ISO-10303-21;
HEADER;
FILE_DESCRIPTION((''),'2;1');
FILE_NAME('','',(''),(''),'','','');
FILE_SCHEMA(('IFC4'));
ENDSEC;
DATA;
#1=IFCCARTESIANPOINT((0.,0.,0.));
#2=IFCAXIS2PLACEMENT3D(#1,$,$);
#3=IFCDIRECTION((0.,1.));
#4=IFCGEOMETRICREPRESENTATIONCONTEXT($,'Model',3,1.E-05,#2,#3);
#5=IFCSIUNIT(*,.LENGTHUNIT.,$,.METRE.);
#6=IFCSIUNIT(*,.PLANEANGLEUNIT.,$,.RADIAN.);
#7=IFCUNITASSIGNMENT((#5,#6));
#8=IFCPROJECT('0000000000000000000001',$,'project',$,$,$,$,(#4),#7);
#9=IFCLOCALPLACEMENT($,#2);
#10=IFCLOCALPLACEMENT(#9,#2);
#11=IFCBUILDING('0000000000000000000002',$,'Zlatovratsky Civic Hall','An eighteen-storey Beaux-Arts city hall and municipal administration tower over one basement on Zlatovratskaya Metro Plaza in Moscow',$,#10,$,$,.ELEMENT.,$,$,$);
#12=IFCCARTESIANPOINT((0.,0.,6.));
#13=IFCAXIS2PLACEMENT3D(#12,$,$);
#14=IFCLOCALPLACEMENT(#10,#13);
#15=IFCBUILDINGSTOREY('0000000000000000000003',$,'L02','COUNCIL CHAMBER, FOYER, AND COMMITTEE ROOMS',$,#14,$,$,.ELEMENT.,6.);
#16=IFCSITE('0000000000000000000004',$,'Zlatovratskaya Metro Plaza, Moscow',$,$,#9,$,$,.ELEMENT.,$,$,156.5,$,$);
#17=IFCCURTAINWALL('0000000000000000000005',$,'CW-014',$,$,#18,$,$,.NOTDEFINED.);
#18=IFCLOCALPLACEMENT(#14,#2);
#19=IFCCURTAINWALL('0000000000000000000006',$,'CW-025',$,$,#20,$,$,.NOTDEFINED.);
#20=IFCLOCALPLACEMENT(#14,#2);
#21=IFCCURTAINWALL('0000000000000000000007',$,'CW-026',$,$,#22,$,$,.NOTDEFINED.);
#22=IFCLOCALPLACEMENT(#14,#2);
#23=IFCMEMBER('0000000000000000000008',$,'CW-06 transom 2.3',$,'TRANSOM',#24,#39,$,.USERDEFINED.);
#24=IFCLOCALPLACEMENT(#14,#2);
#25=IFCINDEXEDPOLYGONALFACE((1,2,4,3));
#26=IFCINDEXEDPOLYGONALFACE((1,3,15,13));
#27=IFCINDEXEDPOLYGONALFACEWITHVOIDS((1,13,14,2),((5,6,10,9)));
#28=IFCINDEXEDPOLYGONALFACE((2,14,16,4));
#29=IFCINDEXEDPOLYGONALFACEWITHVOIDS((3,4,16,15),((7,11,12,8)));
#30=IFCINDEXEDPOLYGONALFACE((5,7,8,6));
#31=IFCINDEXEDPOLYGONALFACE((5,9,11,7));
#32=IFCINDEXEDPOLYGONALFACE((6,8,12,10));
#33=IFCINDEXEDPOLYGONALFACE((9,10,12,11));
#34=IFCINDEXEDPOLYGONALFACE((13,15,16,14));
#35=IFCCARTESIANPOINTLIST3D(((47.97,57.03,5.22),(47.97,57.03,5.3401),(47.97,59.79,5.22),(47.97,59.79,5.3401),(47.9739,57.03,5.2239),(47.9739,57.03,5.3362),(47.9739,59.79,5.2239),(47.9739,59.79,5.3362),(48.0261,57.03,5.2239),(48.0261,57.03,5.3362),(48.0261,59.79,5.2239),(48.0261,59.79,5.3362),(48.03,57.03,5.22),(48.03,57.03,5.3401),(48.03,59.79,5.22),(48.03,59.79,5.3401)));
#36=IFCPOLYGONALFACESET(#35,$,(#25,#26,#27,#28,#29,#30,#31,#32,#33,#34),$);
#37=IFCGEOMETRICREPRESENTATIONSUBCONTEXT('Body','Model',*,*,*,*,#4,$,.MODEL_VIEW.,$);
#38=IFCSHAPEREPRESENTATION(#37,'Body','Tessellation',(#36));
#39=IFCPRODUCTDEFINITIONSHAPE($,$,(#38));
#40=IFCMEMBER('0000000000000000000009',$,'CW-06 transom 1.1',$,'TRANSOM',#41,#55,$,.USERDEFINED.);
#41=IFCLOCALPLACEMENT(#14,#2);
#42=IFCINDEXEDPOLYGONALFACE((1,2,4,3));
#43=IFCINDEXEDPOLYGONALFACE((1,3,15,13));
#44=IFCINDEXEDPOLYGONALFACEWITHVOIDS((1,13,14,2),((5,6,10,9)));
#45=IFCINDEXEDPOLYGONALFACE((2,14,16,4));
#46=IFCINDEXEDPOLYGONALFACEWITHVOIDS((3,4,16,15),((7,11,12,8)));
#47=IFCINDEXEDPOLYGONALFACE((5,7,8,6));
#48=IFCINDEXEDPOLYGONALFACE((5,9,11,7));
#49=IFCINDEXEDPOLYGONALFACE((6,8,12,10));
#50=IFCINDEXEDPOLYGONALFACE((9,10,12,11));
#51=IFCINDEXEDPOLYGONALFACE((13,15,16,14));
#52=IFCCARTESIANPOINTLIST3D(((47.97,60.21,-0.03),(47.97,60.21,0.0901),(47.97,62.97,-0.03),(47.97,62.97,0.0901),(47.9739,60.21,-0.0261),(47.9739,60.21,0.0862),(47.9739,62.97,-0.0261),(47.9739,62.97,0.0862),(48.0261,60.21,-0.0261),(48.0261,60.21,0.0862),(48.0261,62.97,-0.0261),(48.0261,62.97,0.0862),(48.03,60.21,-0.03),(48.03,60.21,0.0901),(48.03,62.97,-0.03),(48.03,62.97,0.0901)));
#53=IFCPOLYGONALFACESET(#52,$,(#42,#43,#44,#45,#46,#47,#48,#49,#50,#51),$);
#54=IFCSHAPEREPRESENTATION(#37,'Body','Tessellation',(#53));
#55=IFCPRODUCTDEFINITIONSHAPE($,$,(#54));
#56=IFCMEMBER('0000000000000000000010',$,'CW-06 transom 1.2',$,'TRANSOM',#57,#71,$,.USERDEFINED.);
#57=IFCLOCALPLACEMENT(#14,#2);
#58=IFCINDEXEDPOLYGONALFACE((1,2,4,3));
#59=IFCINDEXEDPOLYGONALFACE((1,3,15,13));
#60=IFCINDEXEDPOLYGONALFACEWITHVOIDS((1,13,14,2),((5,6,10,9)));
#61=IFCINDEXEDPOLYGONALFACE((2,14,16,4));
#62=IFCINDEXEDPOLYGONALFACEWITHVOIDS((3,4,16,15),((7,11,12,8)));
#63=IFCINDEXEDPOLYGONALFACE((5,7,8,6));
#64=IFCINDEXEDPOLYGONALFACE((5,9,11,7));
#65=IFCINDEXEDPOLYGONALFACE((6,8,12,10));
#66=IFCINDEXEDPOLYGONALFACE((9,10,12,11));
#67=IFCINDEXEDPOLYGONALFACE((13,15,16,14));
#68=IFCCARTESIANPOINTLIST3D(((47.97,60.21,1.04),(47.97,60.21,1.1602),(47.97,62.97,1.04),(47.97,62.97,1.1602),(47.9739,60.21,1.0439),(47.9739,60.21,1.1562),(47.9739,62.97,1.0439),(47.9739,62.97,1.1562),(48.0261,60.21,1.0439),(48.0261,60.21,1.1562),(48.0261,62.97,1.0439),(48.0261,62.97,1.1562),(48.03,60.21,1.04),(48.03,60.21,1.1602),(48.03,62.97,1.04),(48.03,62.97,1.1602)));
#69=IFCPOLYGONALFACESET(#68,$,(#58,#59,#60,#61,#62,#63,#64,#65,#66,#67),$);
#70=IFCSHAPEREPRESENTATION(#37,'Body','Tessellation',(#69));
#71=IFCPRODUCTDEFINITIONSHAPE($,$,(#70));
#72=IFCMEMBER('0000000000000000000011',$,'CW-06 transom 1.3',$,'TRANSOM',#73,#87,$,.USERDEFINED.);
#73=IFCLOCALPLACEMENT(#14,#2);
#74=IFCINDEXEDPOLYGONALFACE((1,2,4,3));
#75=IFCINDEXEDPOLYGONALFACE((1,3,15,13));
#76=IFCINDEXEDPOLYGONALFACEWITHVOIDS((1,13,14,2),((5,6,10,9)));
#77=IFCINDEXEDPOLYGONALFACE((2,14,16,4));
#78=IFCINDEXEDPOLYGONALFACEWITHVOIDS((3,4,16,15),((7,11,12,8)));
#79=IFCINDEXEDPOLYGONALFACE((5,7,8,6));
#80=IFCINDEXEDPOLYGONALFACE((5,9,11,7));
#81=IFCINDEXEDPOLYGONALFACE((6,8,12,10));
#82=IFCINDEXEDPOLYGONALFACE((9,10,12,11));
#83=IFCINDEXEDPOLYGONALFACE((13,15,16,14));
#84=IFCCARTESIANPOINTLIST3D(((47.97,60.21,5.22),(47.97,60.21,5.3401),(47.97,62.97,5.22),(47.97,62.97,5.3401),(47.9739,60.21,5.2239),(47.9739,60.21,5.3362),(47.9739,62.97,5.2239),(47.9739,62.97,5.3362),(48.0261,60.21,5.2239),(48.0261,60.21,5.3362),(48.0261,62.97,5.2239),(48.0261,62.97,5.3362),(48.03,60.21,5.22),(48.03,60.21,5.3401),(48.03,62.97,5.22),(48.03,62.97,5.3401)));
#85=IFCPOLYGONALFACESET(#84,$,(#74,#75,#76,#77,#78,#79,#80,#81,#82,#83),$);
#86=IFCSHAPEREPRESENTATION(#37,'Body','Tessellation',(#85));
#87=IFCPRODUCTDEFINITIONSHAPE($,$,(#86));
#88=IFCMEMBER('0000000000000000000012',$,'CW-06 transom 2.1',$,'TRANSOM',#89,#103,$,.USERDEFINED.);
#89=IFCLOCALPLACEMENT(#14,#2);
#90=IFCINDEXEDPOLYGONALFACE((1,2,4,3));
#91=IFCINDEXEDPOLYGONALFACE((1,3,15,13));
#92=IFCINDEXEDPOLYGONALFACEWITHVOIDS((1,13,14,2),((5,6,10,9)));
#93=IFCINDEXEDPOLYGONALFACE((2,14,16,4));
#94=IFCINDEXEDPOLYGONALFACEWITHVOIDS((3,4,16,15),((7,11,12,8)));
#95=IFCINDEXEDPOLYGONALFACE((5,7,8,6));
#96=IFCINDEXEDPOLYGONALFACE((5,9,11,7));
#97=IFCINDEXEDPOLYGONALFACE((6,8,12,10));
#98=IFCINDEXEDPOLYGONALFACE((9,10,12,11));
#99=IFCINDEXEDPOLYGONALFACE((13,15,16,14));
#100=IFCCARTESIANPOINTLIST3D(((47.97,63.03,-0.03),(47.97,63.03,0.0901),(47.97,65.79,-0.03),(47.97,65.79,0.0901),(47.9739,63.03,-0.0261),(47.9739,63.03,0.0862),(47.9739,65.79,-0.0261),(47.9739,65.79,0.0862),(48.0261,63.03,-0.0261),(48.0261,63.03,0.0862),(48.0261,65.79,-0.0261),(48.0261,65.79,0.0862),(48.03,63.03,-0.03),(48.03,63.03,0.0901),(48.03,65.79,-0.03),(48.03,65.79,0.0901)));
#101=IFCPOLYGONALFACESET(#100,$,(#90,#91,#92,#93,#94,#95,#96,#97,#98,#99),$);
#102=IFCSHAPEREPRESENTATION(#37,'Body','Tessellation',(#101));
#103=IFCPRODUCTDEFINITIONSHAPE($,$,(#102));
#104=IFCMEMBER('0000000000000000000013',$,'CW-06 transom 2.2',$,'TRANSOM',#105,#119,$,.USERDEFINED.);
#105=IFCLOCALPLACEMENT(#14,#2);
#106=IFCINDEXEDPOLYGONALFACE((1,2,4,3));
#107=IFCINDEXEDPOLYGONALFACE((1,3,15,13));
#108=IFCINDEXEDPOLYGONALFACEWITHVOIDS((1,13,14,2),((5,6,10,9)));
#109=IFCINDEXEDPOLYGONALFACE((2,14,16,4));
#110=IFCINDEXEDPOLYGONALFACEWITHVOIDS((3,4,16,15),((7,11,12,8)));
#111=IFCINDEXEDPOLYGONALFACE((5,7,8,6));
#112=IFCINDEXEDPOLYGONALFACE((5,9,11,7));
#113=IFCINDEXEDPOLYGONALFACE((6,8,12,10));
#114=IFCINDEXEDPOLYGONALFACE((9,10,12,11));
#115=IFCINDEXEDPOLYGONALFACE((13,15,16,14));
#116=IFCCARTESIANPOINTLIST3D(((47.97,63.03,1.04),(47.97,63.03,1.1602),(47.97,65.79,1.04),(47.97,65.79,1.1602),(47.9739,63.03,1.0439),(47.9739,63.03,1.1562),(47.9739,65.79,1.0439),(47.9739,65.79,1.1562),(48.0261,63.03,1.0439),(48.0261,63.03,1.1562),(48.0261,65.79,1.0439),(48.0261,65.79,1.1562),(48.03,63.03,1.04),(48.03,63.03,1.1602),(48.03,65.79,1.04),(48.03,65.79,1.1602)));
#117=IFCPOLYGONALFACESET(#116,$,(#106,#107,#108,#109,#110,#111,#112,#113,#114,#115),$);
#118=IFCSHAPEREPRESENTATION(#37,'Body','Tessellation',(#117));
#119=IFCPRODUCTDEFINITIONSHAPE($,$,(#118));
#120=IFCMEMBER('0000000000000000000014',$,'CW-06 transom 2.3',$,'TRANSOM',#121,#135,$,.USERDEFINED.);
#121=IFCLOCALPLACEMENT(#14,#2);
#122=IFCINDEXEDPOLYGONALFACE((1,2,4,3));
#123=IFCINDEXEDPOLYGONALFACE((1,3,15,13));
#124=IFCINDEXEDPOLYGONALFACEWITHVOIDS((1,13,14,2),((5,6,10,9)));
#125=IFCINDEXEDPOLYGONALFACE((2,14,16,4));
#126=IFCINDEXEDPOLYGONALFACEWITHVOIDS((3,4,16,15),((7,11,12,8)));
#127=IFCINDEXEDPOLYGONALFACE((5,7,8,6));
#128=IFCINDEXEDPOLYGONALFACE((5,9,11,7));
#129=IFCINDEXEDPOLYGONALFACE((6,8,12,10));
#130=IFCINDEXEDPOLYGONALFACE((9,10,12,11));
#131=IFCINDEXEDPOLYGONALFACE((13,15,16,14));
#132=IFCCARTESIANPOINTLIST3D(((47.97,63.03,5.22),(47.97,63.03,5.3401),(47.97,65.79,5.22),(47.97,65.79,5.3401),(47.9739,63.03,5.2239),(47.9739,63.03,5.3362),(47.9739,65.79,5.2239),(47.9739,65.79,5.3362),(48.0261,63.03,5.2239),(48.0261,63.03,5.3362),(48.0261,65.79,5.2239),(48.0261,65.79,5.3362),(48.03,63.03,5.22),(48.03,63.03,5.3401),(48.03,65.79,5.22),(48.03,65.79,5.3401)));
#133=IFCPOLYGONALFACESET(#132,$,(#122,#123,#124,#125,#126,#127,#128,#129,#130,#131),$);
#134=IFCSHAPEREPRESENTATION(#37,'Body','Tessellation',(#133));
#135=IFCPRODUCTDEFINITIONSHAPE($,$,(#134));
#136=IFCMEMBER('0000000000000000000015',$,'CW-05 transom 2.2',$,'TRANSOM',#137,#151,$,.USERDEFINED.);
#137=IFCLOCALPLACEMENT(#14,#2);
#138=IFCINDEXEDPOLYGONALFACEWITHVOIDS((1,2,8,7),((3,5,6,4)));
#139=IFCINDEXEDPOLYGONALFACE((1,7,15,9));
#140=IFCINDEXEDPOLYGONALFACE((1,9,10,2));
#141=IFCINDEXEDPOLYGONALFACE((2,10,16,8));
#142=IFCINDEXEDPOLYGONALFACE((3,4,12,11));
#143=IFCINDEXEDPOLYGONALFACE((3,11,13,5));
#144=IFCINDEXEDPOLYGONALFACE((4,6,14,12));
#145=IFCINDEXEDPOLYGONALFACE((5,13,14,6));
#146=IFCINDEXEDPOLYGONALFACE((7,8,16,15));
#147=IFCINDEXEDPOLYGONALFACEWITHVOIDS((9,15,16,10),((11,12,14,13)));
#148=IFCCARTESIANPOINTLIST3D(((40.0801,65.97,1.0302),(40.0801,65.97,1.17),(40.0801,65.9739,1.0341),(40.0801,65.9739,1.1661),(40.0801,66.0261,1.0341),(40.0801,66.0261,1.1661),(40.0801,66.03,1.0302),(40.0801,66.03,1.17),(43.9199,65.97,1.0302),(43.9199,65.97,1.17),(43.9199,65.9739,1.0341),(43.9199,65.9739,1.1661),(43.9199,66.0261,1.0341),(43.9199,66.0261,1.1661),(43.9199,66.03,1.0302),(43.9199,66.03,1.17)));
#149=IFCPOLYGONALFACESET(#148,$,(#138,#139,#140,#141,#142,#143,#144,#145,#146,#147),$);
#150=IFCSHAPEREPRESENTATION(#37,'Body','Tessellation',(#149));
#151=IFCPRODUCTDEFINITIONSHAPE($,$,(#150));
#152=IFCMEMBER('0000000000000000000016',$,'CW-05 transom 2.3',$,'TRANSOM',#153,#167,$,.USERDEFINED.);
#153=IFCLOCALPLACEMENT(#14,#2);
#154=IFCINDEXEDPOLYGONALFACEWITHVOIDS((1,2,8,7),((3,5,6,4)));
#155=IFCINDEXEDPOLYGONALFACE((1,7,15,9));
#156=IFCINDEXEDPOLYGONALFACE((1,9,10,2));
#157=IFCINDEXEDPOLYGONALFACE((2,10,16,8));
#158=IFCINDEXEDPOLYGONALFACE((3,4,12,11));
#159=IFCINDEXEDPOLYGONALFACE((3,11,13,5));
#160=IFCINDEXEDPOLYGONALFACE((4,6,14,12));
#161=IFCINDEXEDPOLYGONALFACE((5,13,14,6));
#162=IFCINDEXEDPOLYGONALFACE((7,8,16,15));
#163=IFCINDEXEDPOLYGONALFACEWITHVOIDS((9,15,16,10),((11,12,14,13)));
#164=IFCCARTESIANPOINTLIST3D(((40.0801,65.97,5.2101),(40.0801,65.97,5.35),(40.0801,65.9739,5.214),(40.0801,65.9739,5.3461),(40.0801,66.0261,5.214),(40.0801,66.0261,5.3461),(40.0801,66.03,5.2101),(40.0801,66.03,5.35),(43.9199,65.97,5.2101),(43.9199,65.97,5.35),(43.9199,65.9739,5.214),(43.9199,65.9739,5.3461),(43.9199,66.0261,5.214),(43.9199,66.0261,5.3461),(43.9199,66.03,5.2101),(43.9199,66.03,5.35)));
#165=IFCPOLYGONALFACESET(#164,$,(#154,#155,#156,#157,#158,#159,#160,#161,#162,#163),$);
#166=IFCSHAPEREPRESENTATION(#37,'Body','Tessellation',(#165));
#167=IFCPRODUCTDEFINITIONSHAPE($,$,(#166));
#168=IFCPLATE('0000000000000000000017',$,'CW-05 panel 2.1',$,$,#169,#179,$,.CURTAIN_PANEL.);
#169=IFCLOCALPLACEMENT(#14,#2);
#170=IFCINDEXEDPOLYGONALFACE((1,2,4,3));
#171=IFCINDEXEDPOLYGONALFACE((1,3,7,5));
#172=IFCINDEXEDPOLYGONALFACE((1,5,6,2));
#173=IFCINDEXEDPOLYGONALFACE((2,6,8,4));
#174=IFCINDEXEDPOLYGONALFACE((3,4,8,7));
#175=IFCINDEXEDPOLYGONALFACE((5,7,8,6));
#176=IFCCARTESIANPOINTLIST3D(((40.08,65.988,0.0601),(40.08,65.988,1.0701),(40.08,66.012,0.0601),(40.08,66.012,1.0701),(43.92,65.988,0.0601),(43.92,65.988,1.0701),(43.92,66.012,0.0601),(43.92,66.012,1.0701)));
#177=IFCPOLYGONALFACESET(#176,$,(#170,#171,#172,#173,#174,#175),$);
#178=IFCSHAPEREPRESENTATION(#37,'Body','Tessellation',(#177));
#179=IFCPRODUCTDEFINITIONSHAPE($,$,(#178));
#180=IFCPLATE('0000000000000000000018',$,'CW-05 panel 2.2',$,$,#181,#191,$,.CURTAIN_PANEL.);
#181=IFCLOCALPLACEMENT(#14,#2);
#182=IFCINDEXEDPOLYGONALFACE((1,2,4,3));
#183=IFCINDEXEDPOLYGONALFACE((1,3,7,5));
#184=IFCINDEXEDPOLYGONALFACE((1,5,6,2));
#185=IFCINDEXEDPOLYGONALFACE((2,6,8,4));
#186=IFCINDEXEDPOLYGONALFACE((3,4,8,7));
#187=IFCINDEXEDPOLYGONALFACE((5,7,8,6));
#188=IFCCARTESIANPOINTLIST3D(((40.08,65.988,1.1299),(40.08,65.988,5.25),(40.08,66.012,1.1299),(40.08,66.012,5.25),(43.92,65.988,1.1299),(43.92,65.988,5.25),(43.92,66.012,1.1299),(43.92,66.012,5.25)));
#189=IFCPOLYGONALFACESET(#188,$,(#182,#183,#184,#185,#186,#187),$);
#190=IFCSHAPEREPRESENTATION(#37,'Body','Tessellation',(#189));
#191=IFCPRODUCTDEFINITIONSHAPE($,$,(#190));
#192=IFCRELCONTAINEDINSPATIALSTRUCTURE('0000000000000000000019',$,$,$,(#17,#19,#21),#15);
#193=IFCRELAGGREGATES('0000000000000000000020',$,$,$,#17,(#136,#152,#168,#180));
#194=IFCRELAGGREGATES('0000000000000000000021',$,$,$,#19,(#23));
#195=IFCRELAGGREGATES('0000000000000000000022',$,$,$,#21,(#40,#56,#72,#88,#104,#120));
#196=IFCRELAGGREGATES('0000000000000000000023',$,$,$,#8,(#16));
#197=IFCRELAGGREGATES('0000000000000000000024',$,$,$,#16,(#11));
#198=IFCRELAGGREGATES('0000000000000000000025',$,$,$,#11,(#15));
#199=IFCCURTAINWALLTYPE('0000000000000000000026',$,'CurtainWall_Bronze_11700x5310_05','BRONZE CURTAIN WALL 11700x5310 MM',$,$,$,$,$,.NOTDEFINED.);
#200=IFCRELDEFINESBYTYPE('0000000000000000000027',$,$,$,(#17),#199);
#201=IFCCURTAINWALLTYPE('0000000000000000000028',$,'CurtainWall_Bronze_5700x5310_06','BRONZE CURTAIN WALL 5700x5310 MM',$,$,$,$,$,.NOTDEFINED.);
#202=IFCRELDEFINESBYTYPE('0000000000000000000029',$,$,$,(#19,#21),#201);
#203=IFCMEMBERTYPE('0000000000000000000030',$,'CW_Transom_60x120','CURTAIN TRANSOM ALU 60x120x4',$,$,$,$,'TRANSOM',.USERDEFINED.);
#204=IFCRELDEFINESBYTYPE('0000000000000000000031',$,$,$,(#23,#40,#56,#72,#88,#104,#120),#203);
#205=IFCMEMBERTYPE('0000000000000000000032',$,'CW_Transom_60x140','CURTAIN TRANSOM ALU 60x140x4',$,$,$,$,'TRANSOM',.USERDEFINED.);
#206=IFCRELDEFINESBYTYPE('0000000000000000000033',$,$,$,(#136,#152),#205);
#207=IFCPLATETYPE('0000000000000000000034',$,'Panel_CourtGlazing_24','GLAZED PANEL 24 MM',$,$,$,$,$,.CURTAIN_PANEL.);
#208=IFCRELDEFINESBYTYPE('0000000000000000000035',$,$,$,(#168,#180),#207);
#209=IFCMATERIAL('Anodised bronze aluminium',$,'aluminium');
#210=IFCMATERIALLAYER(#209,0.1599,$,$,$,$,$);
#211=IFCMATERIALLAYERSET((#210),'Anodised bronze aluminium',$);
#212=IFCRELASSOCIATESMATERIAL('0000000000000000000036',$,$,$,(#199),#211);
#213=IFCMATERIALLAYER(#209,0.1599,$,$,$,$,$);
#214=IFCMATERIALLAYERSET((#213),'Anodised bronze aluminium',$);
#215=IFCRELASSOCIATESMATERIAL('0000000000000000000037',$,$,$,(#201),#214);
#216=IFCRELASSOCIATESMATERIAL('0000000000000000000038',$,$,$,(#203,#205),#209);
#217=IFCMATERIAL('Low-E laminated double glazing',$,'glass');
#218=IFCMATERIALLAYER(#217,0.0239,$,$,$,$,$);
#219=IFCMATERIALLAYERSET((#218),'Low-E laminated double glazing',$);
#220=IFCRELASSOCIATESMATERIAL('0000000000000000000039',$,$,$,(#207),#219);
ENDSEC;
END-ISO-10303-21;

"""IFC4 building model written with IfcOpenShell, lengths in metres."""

from ifc_helpers import new_model, si_unit, direction, frame, origin, origin_2d, place, context, subcontext, project, spatial, rectangle, hollow_rectangle, extrude, material, layer, layer_set, material_profile, profile_set, type_object, element, aggregate, save


model = new_model("IFC4")

# Units and contexts
model_context = context("Model", 3, precision=1e-05, world=origin(), true_north=direction((0.0, 1.0)))
body_context = subcontext(model_context, "Body", "Model", "MODEL_VIEW")
ifc_project = project(units=[si_unit("LENGTHUNIT", "METRE"), si_unit("PLANEANGLEUNIT", "RADIAN")], contexts=[model_context])

# Site, building, storey
site_placement = place(None, origin())
site = spatial("IfcSite", under=ifc_project, at=site_placement, Name="Zlatovratskaya Metro Plaza, Moscow", CompositionType="ELEMENT", RefElevation=156.5)
building_placement = place(site_placement, origin())
building = spatial("IfcBuilding", under=site, at=building_placement, Name="Zlatovratsky Civic Hall", Description="An eighteen-storey Beaux-Arts city hall and municipal administration tower over one basement on Zlatovratskaya Metro Plaza in Moscow", CompositionType="ELEMENT")
storey_placement = place(building_placement, frame((0.0, 0.0, 6.0)))
storey = spatial("IfcBuildingStorey", under=building, at=storey_placement, Name="L02", Description="COUNCIL CHAMBER, FOYER, AND COMMITTEE ROOMS", CompositionType="ELEMENT", Elevation=6.0)

# Curtain wall
ifc_material_1 = material(Name="Anodised bronze aluminium", Category="aluminium")
ifc_layer_1 = layer(ifc_material_1, 0.1599)
ifc_layer_set_1 = layer_set([ifc_layer_1], Name="Anodised bronze aluminium")
curtain_wall_type_1 = type_object("IfcCurtainWallType", Name="CurtainWall_Bronze_11700x5310_05", Description="BRONZE CURTAIN WALL 11700x5310 MM", PredefinedType="NOTDEFINED", material=ifc_layer_set_1)
curtain_wall_1_placement = place(storey_placement, origin())
curtain_wall_1 = element("IfcCurtainWall", 1, at=curtain_wall_1_placement, inside=storey, type_object=curtain_wall_type_1, Name="CW-014", PredefinedType="NOTDEFINED")

# Curtain walls
ifc_layer_2 = layer(ifc_material_1, 0.1599)
ifc_layer_set_2 = layer_set([ifc_layer_2], Name="Anodised bronze aluminium")
curtain_wall_type_2 = type_object("IfcCurtainWallType", Name="CurtainWall_Bronze_5700x5310_06", Description="BRONZE CURTAIN WALL 5700x5310 MM", PredefinedType="NOTDEFINED", material=ifc_layer_set_2)
curtain_wall_2_placement = place(storey_placement, origin())
curtain_wall_2 = element("IfcCurtainWall", 2, at=curtain_wall_2_placement, inside=storey, type_object=curtain_wall_type_2, Name="CW-025", PredefinedType="NOTDEFINED")
curtain_wall_3_placement = place(storey_placement, origin())
curtain_wall_3 = element("IfcCurtainWall", 3, at=curtain_wall_3_placement, inside=storey, type_object=curtain_wall_type_2, Name="CW-026", PredefinedType="NOTDEFINED")

# Members
ifc_material_profile_1 = material_profile(ifc_material_1, hollow_rectangle(XDim=0.0601, YDim=0.1201, WallThickness=0.0039, at=origin_2d()), Name="ALU 60x120x4")
ifc_profile_set_1 = profile_set([ifc_material_profile_1], Name="Anodised bronze aluminium")
member_type_1 = type_object("IfcMemberType", Name="CW_Transom_60x120", Description="CURTAIN TRANSOM ALU 60x120x4", ElementType="TRANSOM", PredefinedType="USERDEFINED", material=ifc_profile_set_1)
member_1_placement = place(storey_placement, frame((48.0, 57.03, 5.28), z_axis=(0.0, 1.0, 0.0), x_axis=(-1.0, 0.0, 0.0)))
member_1 = element("IfcMember", 4, at=member_1_placement, type_object=member_type_1, Name="CW-06 transom 2.3", ObjectType="TRANSOM", PredefinedType="USERDEFINED", context=body_context, shape_type="SweptSolid", body=[
    extrude(hollow_rectangle(XDim=0.0601, YDim=0.1201, WallThickness=0.0039, at=origin_2d()), origin(), (0.0, 0.0, 1.0), 2.76),
])
member_2_placement = place(storey_placement, frame((48.0, 60.21, 0.03), z_axis=(0.0, 1.0, 0.0), x_axis=(-1.0, 0.0, 0.0)))
member_2 = element("IfcMember", 5, at=member_2_placement, type_object=member_type_1, Name="CW-06 transom 1.1", ObjectType="TRANSOM", PredefinedType="USERDEFINED", context=body_context, shape_type="SweptSolid", body=[
    extrude(hollow_rectangle(XDim=0.0601, YDim=0.1201, WallThickness=0.0039, at=origin_2d()), origin(), (0.0, 0.0, 1.0), 2.76),
])
member_3_placement = place(storey_placement, frame((48.0, 60.21, 1.1001), z_axis=(0.0, 1.0, 0.0), x_axis=(-1.0, 0.0, 0.0)))
member_3 = element("IfcMember", 6, at=member_3_placement, type_object=member_type_1, Name="CW-06 transom 1.2", ObjectType="TRANSOM", PredefinedType="USERDEFINED", context=body_context, shape_type="SweptSolid", body=[
    extrude(hollow_rectangle(XDim=0.0601, YDim=0.1201, WallThickness=0.0039, at=origin_2d()), origin(), (0.0, 0.0, 1.0), 2.76),
])
member_4_placement = place(storey_placement, frame((48.0, 60.21, 5.28), z_axis=(0.0, 1.0, 0.0), x_axis=(-1.0, 0.0, 0.0)))
member_4 = element("IfcMember", 7, at=member_4_placement, type_object=member_type_1, Name="CW-06 transom 1.3", ObjectType="TRANSOM", PredefinedType="USERDEFINED", context=body_context, shape_type="SweptSolid", body=[
    extrude(hollow_rectangle(XDim=0.0601, YDim=0.1201, WallThickness=0.0039, at=origin_2d()), origin(), (0.0, 0.0, 1.0), 2.76),
])
member_5_placement = place(storey_placement, frame((48.0, 63.03, 0.03), z_axis=(0.0, 1.0, 0.0), x_axis=(-1.0, 0.0, 0.0)))
member_5 = element("IfcMember", 8, at=member_5_placement, type_object=member_type_1, Name="CW-06 transom 2.1", ObjectType="TRANSOM", PredefinedType="USERDEFINED", context=body_context, shape_type="SweptSolid", body=[
    extrude(hollow_rectangle(XDim=0.0601, YDim=0.1201, WallThickness=0.0039, at=origin_2d()), origin(), (0.0, 0.0, 1.0), 2.76),
])
member_6_placement = place(storey_placement, frame((48.0, 63.03, 1.1001), z_axis=(0.0, 1.0, 0.0), x_axis=(-1.0, 0.0, 0.0)))
member_6 = element("IfcMember", 9, at=member_6_placement, type_object=member_type_1, Name="CW-06 transom 2.2", ObjectType="TRANSOM", PredefinedType="USERDEFINED", context=body_context, shape_type="SweptSolid", body=[
    extrude(hollow_rectangle(XDim=0.0601, YDim=0.1201, WallThickness=0.0039, at=origin_2d()), origin(), (0.0, 0.0, 1.0), 2.76),
])
member_7_placement = place(storey_placement, frame((48.0, 63.03, 5.28), z_axis=(0.0, 1.0, 0.0), x_axis=(-1.0, 0.0, 0.0)))
member_7 = element("IfcMember", 10, at=member_7_placement, type_object=member_type_1, Name="CW-06 transom 2.3", ObjectType="TRANSOM", PredefinedType="USERDEFINED", context=body_context, shape_type="SweptSolid", body=[
    extrude(hollow_rectangle(XDim=0.0601, YDim=0.1201, WallThickness=0.0039, at=origin_2d()), origin(), (0.0, 0.0, 1.0), 2.76),
])
ifc_material_profile_2 = material_profile(ifc_material_1, hollow_rectangle(XDim=0.0601, YDim=0.1399, WallThickness=0.0039, at=origin_2d()), Name="ALU 60x140x4")
ifc_profile_set_2 = profile_set([ifc_material_profile_2], Name="Anodised bronze aluminium")
member_type_2 = type_object("IfcMemberType", Name="CW_Transom_60x140", Description="CURTAIN TRANSOM ALU 60x140x4", ElementType="TRANSOM", PredefinedType="USERDEFINED", material=ifc_profile_set_2)
member_8_placement = place(storey_placement, frame((40.0801, 66.0, 1.1001), z_axis=(1.0, 0.0, 0.0), x_axis=(0.0, 1.0, 0.0)))
member_8 = element("IfcMember", 11, at=member_8_placement, type_object=member_type_2, Name="CW-05 transom 2.2", ObjectType="TRANSOM", PredefinedType="USERDEFINED", context=body_context, shape_type="SweptSolid", body=[
    extrude(hollow_rectangle(XDim=0.0601, YDim=0.1399, WallThickness=0.0039, at=origin_2d()), origin(), (0.0, 0.0, 1.0), 3.8398),
])
member_9_placement = place(storey_placement, frame((40.0801, 66.0, 5.28), z_axis=(1.0, 0.0, 0.0), x_axis=(0.0, 1.0, 0.0)))
member_9 = element("IfcMember", 12, at=member_9_placement, type_object=member_type_2, Name="CW-05 transom 2.3", ObjectType="TRANSOM", PredefinedType="USERDEFINED", context=body_context, shape_type="SweptSolid", body=[
    extrude(hollow_rectangle(XDim=0.0601, YDim=0.1399, WallThickness=0.0039, at=origin_2d()), origin(), (0.0, 0.0, 1.0), 3.8398),
])

# Plates
ifc_material_2 = material(Name="Low-E laminated double glazing", Category="glass")
ifc_layer_3 = layer(ifc_material_2, 0.0239)
ifc_layer_set_3 = layer_set([ifc_layer_3], Name="Low-E laminated double glazing")
plate_type = type_object("IfcPlateType", Name="Panel_CourtGlazing_24", Description="GLAZED PANEL 24 MM", PredefinedType="CURTAIN_PANEL", material=ifc_layer_set_3)
plate_1_placement = place(storey_placement, frame((42.0, 66.0, 0.0601), z_axis=(0.0, 0.0, 1.0), x_axis=(1.0, 0.0, 0.0)))
plate_1 = element("IfcPlate", 13, at=plate_1_placement, type_object=plate_type, Name="CW-05 panel 2.1", PredefinedType="CURTAIN_PANEL", context=body_context, shape_type="SweptSolid", body=[
    extrude(rectangle(XDim=3.8401, YDim=0.0239, at=origin_2d()), origin(), (0.0, 0.0, 1.0), 1.01),
])
plate_2_placement = place(storey_placement, frame((42.0, 66.0, 1.1299), z_axis=(0.0, 0.0, 1.0), x_axis=(1.0, 0.0, 0.0)))
plate_2 = element("IfcPlate", 14, at=plate_2_placement, type_object=plate_type, Name="CW-05 panel 2.2", PredefinedType="CURTAIN_PANEL", context=body_context, shape_type="SweptSolid", body=[
    extrude(rectangle(XDim=3.8401, YDim=0.0239, at=origin_2d()), origin(), (0.0, 0.0, 1.0), 4.1201),
])
aggregate(curtain_wall_1, [member_8, member_9, plate_1, plate_2])
aggregate(curtain_wall_2, [member_1])
aggregate(curtain_wall_3, [member_2, member_3, member_4, member_5, member_6, member_7])

save(model, "model.ifc")
